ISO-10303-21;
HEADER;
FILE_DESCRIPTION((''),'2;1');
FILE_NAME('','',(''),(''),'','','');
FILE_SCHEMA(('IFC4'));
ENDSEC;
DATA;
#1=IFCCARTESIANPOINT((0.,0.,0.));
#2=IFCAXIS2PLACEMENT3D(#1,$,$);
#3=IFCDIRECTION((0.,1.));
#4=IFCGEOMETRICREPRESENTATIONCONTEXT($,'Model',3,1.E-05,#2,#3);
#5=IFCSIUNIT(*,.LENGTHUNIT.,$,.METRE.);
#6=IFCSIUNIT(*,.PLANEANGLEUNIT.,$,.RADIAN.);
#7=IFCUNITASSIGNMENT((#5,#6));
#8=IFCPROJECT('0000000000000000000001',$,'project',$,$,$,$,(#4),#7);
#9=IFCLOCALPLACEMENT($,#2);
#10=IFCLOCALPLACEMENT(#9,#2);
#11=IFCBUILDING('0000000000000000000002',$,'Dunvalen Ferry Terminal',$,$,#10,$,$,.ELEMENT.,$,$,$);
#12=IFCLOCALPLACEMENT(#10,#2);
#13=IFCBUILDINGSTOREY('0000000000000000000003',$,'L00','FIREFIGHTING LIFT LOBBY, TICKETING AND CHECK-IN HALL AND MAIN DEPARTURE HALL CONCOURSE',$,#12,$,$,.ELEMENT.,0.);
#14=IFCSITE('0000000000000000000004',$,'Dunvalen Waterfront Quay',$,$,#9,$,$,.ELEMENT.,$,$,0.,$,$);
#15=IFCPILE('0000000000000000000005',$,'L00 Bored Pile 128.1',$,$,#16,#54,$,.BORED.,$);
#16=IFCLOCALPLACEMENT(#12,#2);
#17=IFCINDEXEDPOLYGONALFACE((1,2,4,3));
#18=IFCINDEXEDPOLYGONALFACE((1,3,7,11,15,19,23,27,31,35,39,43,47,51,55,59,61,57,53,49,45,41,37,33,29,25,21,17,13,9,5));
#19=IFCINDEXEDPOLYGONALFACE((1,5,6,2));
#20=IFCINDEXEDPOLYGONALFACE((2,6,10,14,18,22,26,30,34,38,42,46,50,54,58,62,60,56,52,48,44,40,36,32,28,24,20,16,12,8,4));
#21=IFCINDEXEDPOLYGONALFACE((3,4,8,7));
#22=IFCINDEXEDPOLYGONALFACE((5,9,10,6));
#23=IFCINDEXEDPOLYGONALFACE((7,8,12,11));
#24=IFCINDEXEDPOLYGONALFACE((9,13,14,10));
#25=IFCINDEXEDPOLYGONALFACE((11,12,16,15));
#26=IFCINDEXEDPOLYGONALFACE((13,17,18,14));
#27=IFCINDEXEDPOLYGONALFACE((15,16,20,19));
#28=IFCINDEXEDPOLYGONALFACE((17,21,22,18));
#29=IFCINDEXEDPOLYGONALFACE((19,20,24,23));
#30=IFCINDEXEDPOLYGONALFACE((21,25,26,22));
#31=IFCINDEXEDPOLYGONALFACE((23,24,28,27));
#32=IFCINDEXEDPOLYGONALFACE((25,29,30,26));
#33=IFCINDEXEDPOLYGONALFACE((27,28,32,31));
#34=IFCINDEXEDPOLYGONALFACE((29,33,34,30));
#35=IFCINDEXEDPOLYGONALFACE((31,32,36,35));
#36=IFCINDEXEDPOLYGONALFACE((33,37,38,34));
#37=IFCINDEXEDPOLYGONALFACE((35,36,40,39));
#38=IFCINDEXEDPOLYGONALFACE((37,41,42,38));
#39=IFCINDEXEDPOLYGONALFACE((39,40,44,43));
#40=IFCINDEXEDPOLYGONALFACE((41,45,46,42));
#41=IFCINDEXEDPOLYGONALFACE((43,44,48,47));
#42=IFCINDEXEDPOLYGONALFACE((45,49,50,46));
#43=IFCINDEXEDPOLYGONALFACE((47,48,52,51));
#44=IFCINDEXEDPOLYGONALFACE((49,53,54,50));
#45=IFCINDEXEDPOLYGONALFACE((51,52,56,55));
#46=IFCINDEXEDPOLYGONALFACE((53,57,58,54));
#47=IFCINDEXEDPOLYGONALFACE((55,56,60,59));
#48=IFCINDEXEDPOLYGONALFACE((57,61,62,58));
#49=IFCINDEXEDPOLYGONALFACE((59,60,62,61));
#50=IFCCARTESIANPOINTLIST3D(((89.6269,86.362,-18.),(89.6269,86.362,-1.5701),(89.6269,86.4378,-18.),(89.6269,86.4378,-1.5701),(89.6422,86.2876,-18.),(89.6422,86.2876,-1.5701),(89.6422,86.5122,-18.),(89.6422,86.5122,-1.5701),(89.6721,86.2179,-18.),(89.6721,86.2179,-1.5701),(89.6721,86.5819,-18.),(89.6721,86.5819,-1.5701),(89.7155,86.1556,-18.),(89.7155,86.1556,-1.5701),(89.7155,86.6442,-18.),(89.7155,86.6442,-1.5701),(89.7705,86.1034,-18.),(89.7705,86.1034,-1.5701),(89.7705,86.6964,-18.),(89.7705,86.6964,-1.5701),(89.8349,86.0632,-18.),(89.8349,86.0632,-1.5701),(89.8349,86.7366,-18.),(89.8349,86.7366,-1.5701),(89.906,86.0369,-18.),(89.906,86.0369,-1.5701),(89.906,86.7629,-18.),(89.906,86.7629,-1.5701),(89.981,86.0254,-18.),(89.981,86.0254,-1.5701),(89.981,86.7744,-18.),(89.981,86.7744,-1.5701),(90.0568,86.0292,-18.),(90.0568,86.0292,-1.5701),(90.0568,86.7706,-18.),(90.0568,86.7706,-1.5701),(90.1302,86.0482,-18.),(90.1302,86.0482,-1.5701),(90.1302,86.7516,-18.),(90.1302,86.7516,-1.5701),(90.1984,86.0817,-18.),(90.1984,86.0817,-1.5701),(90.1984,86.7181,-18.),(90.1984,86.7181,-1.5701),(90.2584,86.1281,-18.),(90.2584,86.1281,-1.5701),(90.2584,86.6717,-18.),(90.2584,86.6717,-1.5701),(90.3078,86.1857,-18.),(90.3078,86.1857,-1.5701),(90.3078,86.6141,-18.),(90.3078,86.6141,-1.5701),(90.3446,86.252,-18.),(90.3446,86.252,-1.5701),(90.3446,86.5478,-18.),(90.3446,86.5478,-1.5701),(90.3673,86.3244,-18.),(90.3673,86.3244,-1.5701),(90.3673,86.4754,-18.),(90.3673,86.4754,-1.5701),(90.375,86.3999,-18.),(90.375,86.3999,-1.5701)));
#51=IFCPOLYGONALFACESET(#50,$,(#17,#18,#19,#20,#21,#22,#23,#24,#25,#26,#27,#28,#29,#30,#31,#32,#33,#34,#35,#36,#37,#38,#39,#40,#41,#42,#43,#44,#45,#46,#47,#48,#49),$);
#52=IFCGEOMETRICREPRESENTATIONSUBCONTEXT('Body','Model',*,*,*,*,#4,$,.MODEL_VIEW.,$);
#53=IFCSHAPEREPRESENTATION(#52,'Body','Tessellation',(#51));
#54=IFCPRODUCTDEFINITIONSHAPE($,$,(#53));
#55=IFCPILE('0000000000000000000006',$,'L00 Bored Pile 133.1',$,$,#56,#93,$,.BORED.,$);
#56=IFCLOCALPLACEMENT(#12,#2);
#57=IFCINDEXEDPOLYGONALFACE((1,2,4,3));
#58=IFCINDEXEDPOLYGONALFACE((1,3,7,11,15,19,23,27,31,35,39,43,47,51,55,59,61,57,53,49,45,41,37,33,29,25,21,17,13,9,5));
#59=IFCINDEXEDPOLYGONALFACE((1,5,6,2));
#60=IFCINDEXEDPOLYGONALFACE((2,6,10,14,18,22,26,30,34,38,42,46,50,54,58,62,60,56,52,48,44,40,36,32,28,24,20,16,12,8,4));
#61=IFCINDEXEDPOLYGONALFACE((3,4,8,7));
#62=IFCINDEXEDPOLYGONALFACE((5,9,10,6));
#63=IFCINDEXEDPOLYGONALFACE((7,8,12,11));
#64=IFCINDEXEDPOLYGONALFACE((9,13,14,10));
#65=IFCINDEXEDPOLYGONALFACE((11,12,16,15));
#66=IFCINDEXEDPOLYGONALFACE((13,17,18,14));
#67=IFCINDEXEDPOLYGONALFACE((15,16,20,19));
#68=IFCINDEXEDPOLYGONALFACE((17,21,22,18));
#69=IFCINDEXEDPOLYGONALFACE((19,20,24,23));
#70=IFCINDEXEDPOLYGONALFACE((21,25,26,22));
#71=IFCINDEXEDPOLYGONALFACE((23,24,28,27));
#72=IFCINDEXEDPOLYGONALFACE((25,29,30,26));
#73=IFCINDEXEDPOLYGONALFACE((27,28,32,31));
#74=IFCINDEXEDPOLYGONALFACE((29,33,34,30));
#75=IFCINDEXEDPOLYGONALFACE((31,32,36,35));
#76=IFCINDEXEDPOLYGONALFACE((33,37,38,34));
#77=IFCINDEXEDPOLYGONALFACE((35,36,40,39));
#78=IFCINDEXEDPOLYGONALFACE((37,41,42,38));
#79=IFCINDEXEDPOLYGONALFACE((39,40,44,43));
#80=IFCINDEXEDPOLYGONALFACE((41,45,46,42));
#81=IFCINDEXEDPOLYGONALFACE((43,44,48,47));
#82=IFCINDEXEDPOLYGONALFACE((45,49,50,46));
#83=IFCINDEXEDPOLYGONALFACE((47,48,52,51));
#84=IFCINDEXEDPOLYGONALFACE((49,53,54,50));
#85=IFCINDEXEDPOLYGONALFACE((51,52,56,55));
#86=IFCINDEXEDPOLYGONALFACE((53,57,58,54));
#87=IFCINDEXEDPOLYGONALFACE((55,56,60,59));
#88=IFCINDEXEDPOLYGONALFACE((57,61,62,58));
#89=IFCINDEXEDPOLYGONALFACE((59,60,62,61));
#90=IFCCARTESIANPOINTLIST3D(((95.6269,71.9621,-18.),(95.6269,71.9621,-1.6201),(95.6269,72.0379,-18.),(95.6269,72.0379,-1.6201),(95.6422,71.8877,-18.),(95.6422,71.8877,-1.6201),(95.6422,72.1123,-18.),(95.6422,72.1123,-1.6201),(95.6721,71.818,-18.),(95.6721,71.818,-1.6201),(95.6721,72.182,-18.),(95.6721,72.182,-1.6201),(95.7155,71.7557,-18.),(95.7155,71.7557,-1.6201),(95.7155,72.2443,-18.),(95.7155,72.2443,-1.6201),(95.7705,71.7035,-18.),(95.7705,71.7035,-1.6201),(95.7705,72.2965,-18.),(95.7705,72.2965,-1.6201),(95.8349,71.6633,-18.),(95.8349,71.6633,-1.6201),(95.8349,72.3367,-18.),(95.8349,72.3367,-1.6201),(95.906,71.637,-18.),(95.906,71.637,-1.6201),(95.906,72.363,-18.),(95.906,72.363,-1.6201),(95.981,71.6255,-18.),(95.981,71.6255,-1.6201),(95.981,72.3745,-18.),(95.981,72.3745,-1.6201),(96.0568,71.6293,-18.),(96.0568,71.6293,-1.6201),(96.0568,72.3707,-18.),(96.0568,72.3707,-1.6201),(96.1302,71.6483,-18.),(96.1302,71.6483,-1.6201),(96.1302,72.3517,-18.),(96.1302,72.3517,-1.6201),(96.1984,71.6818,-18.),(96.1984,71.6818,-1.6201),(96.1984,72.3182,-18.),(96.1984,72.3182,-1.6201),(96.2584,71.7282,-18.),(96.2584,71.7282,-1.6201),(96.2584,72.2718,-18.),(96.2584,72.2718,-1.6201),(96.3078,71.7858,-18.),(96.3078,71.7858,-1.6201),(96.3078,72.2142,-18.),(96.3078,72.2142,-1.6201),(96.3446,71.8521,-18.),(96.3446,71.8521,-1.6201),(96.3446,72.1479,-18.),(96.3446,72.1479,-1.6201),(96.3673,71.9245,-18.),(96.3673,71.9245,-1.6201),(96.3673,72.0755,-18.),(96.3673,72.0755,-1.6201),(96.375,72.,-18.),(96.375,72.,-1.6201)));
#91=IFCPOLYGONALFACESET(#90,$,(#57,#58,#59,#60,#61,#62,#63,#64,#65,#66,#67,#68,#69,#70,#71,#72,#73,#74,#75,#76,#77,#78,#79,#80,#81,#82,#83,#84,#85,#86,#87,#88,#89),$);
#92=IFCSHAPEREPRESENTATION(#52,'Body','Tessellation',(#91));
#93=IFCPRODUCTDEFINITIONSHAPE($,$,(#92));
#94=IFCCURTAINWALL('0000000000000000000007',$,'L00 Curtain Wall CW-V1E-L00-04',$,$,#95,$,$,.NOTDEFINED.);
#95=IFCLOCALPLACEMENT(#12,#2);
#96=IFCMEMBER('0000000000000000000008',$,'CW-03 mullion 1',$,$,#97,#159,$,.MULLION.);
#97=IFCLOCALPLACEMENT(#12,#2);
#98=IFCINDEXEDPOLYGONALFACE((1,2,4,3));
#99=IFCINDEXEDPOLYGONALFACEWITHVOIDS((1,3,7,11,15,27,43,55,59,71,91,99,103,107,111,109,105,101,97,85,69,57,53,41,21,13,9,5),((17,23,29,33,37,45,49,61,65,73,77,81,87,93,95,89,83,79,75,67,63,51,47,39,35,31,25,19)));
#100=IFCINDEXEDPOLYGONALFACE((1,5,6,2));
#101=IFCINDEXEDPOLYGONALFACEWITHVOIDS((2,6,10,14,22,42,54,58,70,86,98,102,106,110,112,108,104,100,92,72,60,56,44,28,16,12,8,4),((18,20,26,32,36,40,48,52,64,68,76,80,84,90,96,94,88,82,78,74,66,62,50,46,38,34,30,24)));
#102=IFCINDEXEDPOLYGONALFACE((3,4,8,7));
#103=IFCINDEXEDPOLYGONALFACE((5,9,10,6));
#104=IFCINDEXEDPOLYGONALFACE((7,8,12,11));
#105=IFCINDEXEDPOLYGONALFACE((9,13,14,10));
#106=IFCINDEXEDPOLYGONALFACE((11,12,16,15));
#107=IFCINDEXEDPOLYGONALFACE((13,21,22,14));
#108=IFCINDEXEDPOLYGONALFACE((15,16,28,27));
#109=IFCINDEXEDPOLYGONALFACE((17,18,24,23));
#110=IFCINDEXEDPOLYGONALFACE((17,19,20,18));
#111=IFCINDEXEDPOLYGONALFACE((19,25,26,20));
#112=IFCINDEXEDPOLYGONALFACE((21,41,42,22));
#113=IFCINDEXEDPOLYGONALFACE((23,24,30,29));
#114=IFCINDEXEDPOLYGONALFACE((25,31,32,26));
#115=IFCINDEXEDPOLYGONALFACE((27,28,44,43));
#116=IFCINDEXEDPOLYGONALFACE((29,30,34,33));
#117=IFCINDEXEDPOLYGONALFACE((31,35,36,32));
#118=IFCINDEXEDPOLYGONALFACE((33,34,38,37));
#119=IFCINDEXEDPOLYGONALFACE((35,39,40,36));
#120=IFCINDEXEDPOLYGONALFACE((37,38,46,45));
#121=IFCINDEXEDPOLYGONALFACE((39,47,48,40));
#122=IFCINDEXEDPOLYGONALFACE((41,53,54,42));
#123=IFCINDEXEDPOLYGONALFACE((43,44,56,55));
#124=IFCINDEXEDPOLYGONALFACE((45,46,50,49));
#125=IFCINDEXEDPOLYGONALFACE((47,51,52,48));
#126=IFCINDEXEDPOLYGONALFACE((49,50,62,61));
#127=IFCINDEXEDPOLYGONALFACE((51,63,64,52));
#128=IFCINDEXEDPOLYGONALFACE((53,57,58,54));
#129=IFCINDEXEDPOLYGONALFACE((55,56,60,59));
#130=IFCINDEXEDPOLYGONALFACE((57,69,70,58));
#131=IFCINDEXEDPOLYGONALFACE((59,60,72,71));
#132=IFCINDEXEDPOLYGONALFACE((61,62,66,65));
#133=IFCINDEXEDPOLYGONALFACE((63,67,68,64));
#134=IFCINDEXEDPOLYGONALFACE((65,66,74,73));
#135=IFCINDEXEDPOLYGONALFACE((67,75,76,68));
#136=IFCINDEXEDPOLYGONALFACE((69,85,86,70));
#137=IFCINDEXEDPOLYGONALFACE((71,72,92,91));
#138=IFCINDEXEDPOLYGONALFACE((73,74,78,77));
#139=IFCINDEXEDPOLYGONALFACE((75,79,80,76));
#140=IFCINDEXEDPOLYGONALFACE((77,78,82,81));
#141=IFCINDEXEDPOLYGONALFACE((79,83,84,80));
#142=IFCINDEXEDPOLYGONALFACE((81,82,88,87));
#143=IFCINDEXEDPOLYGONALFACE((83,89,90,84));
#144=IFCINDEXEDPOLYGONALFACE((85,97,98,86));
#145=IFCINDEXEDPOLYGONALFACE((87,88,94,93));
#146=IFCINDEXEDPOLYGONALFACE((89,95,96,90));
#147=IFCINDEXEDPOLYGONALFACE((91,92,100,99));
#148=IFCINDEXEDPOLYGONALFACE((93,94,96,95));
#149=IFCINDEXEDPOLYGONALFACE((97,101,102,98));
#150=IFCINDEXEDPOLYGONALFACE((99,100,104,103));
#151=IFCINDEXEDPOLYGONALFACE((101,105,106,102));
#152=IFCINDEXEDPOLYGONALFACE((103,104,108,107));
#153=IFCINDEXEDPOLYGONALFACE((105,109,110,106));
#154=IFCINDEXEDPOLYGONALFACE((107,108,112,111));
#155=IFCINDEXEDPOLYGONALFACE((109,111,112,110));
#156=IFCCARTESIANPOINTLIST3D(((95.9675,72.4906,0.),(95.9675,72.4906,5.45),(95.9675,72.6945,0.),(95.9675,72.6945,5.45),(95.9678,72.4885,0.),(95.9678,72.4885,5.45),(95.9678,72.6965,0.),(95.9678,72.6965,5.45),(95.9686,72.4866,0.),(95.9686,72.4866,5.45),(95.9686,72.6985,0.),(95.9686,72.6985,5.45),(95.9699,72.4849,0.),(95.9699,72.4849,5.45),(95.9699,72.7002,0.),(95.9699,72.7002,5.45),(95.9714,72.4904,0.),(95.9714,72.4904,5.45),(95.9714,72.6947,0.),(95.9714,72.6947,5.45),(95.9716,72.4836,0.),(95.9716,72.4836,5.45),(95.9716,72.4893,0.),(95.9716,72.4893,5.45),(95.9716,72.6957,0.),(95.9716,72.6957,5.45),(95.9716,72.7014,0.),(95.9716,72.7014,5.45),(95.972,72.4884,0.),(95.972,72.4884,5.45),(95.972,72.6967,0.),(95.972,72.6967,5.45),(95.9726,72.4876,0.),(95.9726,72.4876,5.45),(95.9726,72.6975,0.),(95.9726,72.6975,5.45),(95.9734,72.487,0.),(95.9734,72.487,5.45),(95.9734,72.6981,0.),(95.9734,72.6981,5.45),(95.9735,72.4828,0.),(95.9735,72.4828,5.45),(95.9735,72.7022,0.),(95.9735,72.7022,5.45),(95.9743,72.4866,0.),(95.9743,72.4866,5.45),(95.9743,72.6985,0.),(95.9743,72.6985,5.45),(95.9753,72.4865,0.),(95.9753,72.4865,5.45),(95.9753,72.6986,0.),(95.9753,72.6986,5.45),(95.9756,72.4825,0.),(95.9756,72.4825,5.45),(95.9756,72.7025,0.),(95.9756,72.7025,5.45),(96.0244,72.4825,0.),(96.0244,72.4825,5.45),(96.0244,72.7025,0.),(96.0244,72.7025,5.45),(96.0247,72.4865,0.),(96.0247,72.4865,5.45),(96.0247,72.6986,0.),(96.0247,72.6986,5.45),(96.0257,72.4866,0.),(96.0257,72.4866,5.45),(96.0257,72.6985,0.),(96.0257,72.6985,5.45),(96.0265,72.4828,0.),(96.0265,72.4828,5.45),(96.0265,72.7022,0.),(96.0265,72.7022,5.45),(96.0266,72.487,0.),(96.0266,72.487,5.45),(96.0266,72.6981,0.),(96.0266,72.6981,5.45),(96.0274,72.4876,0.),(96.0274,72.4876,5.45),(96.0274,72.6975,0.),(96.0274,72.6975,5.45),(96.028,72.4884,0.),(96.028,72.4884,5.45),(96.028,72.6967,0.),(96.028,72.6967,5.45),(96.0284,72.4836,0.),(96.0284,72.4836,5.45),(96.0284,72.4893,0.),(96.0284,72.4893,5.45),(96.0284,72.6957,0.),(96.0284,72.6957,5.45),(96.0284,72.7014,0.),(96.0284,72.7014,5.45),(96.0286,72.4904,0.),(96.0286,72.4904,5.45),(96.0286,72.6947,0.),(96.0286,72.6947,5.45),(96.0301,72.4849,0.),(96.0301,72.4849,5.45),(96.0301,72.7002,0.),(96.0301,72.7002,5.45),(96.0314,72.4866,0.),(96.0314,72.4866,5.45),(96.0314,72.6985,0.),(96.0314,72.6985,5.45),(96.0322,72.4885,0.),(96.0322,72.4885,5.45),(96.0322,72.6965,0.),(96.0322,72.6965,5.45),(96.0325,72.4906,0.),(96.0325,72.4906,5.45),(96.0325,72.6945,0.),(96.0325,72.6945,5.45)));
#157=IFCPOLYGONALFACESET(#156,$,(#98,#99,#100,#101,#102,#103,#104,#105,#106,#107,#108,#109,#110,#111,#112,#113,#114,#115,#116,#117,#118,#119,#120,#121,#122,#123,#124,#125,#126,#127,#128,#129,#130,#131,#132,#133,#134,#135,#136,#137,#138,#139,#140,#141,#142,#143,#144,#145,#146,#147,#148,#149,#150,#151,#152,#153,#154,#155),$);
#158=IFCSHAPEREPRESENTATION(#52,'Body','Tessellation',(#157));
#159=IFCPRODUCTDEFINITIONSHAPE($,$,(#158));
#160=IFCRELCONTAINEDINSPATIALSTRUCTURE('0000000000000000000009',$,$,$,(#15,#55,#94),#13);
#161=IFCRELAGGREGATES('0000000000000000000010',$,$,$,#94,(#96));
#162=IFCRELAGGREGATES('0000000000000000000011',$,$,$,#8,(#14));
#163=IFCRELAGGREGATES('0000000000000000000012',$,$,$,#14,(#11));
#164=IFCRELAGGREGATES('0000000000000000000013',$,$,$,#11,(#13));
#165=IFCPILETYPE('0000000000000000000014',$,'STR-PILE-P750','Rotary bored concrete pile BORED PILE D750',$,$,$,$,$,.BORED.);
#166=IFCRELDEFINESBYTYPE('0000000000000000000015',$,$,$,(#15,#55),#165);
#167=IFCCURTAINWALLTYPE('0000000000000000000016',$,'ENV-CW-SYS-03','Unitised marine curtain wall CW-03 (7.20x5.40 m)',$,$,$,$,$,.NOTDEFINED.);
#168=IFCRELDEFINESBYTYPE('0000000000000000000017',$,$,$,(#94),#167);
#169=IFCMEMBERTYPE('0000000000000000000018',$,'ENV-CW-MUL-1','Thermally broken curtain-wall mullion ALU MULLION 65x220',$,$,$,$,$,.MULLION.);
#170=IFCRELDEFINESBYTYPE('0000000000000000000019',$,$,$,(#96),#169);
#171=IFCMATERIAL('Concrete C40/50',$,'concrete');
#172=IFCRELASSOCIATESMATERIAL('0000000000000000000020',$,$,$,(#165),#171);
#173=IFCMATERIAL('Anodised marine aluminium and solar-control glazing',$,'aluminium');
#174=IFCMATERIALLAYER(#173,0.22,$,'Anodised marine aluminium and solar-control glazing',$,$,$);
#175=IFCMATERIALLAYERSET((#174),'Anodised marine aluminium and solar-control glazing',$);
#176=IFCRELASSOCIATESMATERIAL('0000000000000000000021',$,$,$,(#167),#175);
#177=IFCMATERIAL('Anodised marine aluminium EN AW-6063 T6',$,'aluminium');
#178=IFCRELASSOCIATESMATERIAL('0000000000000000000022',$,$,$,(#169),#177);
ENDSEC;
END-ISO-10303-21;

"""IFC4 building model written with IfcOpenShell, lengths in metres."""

from ifc_helpers import new_model, si_unit, direction, frame, origin, origin_2d, place, context, subcontext, project, spatial, hollow_rectangle, circle, extrude, material, layer, layer_set, material_profile, profile_set, type_object, element, aggregate, save


model = new_model("IFC4")

# Units and contexts
model_context = context("Model", 3, precision=1e-05, world=origin(), true_north=direction((0.0, 1.0)))
body_context = subcontext(model_context, "Body", "Model", "MODEL_VIEW")
ifc_project = project(units=[si_unit("LENGTHUNIT", "METRE"), si_unit("PLANEANGLEUNIT", "RADIAN")], contexts=[model_context])

# Site, building, storey
site_placement = place(None, origin())
site = spatial("IfcSite", under=ifc_project, at=site_placement, Name="Dunvalen Waterfront Quay", CompositionType="ELEMENT", RefElevation=0.0)
building_placement = place(site_placement, origin())
building = spatial("IfcBuilding", under=site, at=building_placement, Name="Dunvalen Ferry Terminal", CompositionType="ELEMENT")
storey_placement = place(building_placement, origin())
storey = spatial("IfcBuildingStorey", under=building, at=storey_placement, Name="L00", Description="FIREFIGHTING LIFT LOBBY, TICKETING AND CHECK-IN HALL AND MAIN DEPARTURE HALL CONCOURSE", CompositionType="ELEMENT", Elevation=0.0)

# Shared definitions
ifc_material_1 = material(Name="Concrete C40/50", Category="concrete")

# Piles
ifc_material_profile_1 = material_profile(ifc_material_1, circle(Radius=0.375, at=origin_2d()), Name="Concrete C40/50")
ifc_profile_set_1 = profile_set([ifc_material_profile_1], Name="Concrete C40/50")
pile_type_1 = type_object("IfcPileType", Name="STR-PILE-P750", Description="Rotary bored concrete pile BORED PILE D750", PredefinedType="BORED", material=ifc_profile_set_1)
for number, where, z_axis, x_axis, name in (
    (1, (90.0, 86.3999, -1.5701), (0.0, 0.0, -1.0), (1.0, 0.0, 0.0), "L00 Bored Pile 128.1"),
):
    element("IfcPile", number, at=place(storey_placement, frame(where, z_axis=z_axis, x_axis=x_axis)), inside=storey, type_object=pile_type_1, Name=name, PredefinedType="BORED", context=body_context, shape_type="SweptSolid", body=[
        extrude(circle(Radius=0.375, at=origin_2d()), origin(), (0.0, 0.0, 1.0), 16.4299),
    ])
pile_1_placement = place(storey_placement, frame((96.0, 72.0, -1.6201), z_axis=(0.0, 0.0, -1.0), x_axis=(1.0, 0.0, 0.0)))
element("IfcPile", 2, at=pile_1_placement, inside=storey, type_object=pile_type_1, Name="L00 Bored Pile 133.1", PredefinedType="BORED", context=body_context, shape_type="SweptSolid", body=[
    extrude(circle(Radius=0.375, at=origin_2d()), origin(), (0.0, 0.0, 1.0), 16.3799),
])

# Curtain wall, member
ifc_material_2 = material(Name="Anodised marine aluminium and solar-control glazing", Category="aluminium")
ifc_layer_1 = layer(ifc_material_2, 0.22, Name="Anodised marine aluminium and solar-control glazing")
ifc_layer_set_1 = layer_set([ifc_layer_1], Name="Anodised marine aluminium and solar-control glazing")
curtain_wall_type = type_object("IfcCurtainWallType", Name="ENV-CW-SYS-03", Description="Unitised marine curtain wall CW-03 (7.20x5.40 m)", PredefinedType="NOTDEFINED", material=ifc_layer_set_1)
curtain_wall_placement = place(storey_placement, origin())
curtain_wall = element("IfcCurtainWall", 3, at=curtain_wall_placement, inside=storey, type_object=curtain_wall_type, Name="L00 Curtain Wall CW-V1E-L00-04", PredefinedType="NOTDEFINED")
ifc_material_3 = material(Name="Anodised marine aluminium EN AW-6063 T6", Category="aluminium")
ifc_material_profile_2 = material_profile(ifc_material_3, hollow_rectangle(XDim=0.0649, YDim=0.22, WallThickness=0.0039, InnerFilletRadius=0.0039, OuterFilletRadius=0.0081, at=origin_2d()), Name="Anodised marine aluminium EN AW-6063 T6")
ifc_profile_set_2 = profile_set([ifc_material_profile_2], Name="Anodised marine aluminium EN AW-6063 T6")
member_type_1 = type_object("IfcMemberType", Name="ENV-CW-MUL-1", Description="Thermally broken curtain-wall mullion ALU MULLION 65x220", PredefinedType="MULLION", material=ifc_profile_set_2)
member_1_placement = place(storey_placement, frame((96.0, 72.5925, 0.0), z_axis=(0.0, 0.0, 1.0), x_axis=(-1.0, 0.0, 0.0)))
member_1 = element("IfcMember", 4, at=member_1_placement, type_object=member_type_1, Name="CW-03 mullion 1", PredefinedType="MULLION", context=body_context, shape_type="SweptSolid", body=[
    extrude(hollow_rectangle(XDim=0.0649, YDim=0.22, WallThickness=0.0039, InnerFilletRadius=0.0039, OuterFilletRadius=0.0081, at=origin_2d()), origin(), (0.0, 0.0, 1.0), 5.45),
])
aggregate(curtain_wall, [member_1])

save(model, "model.ifc")
